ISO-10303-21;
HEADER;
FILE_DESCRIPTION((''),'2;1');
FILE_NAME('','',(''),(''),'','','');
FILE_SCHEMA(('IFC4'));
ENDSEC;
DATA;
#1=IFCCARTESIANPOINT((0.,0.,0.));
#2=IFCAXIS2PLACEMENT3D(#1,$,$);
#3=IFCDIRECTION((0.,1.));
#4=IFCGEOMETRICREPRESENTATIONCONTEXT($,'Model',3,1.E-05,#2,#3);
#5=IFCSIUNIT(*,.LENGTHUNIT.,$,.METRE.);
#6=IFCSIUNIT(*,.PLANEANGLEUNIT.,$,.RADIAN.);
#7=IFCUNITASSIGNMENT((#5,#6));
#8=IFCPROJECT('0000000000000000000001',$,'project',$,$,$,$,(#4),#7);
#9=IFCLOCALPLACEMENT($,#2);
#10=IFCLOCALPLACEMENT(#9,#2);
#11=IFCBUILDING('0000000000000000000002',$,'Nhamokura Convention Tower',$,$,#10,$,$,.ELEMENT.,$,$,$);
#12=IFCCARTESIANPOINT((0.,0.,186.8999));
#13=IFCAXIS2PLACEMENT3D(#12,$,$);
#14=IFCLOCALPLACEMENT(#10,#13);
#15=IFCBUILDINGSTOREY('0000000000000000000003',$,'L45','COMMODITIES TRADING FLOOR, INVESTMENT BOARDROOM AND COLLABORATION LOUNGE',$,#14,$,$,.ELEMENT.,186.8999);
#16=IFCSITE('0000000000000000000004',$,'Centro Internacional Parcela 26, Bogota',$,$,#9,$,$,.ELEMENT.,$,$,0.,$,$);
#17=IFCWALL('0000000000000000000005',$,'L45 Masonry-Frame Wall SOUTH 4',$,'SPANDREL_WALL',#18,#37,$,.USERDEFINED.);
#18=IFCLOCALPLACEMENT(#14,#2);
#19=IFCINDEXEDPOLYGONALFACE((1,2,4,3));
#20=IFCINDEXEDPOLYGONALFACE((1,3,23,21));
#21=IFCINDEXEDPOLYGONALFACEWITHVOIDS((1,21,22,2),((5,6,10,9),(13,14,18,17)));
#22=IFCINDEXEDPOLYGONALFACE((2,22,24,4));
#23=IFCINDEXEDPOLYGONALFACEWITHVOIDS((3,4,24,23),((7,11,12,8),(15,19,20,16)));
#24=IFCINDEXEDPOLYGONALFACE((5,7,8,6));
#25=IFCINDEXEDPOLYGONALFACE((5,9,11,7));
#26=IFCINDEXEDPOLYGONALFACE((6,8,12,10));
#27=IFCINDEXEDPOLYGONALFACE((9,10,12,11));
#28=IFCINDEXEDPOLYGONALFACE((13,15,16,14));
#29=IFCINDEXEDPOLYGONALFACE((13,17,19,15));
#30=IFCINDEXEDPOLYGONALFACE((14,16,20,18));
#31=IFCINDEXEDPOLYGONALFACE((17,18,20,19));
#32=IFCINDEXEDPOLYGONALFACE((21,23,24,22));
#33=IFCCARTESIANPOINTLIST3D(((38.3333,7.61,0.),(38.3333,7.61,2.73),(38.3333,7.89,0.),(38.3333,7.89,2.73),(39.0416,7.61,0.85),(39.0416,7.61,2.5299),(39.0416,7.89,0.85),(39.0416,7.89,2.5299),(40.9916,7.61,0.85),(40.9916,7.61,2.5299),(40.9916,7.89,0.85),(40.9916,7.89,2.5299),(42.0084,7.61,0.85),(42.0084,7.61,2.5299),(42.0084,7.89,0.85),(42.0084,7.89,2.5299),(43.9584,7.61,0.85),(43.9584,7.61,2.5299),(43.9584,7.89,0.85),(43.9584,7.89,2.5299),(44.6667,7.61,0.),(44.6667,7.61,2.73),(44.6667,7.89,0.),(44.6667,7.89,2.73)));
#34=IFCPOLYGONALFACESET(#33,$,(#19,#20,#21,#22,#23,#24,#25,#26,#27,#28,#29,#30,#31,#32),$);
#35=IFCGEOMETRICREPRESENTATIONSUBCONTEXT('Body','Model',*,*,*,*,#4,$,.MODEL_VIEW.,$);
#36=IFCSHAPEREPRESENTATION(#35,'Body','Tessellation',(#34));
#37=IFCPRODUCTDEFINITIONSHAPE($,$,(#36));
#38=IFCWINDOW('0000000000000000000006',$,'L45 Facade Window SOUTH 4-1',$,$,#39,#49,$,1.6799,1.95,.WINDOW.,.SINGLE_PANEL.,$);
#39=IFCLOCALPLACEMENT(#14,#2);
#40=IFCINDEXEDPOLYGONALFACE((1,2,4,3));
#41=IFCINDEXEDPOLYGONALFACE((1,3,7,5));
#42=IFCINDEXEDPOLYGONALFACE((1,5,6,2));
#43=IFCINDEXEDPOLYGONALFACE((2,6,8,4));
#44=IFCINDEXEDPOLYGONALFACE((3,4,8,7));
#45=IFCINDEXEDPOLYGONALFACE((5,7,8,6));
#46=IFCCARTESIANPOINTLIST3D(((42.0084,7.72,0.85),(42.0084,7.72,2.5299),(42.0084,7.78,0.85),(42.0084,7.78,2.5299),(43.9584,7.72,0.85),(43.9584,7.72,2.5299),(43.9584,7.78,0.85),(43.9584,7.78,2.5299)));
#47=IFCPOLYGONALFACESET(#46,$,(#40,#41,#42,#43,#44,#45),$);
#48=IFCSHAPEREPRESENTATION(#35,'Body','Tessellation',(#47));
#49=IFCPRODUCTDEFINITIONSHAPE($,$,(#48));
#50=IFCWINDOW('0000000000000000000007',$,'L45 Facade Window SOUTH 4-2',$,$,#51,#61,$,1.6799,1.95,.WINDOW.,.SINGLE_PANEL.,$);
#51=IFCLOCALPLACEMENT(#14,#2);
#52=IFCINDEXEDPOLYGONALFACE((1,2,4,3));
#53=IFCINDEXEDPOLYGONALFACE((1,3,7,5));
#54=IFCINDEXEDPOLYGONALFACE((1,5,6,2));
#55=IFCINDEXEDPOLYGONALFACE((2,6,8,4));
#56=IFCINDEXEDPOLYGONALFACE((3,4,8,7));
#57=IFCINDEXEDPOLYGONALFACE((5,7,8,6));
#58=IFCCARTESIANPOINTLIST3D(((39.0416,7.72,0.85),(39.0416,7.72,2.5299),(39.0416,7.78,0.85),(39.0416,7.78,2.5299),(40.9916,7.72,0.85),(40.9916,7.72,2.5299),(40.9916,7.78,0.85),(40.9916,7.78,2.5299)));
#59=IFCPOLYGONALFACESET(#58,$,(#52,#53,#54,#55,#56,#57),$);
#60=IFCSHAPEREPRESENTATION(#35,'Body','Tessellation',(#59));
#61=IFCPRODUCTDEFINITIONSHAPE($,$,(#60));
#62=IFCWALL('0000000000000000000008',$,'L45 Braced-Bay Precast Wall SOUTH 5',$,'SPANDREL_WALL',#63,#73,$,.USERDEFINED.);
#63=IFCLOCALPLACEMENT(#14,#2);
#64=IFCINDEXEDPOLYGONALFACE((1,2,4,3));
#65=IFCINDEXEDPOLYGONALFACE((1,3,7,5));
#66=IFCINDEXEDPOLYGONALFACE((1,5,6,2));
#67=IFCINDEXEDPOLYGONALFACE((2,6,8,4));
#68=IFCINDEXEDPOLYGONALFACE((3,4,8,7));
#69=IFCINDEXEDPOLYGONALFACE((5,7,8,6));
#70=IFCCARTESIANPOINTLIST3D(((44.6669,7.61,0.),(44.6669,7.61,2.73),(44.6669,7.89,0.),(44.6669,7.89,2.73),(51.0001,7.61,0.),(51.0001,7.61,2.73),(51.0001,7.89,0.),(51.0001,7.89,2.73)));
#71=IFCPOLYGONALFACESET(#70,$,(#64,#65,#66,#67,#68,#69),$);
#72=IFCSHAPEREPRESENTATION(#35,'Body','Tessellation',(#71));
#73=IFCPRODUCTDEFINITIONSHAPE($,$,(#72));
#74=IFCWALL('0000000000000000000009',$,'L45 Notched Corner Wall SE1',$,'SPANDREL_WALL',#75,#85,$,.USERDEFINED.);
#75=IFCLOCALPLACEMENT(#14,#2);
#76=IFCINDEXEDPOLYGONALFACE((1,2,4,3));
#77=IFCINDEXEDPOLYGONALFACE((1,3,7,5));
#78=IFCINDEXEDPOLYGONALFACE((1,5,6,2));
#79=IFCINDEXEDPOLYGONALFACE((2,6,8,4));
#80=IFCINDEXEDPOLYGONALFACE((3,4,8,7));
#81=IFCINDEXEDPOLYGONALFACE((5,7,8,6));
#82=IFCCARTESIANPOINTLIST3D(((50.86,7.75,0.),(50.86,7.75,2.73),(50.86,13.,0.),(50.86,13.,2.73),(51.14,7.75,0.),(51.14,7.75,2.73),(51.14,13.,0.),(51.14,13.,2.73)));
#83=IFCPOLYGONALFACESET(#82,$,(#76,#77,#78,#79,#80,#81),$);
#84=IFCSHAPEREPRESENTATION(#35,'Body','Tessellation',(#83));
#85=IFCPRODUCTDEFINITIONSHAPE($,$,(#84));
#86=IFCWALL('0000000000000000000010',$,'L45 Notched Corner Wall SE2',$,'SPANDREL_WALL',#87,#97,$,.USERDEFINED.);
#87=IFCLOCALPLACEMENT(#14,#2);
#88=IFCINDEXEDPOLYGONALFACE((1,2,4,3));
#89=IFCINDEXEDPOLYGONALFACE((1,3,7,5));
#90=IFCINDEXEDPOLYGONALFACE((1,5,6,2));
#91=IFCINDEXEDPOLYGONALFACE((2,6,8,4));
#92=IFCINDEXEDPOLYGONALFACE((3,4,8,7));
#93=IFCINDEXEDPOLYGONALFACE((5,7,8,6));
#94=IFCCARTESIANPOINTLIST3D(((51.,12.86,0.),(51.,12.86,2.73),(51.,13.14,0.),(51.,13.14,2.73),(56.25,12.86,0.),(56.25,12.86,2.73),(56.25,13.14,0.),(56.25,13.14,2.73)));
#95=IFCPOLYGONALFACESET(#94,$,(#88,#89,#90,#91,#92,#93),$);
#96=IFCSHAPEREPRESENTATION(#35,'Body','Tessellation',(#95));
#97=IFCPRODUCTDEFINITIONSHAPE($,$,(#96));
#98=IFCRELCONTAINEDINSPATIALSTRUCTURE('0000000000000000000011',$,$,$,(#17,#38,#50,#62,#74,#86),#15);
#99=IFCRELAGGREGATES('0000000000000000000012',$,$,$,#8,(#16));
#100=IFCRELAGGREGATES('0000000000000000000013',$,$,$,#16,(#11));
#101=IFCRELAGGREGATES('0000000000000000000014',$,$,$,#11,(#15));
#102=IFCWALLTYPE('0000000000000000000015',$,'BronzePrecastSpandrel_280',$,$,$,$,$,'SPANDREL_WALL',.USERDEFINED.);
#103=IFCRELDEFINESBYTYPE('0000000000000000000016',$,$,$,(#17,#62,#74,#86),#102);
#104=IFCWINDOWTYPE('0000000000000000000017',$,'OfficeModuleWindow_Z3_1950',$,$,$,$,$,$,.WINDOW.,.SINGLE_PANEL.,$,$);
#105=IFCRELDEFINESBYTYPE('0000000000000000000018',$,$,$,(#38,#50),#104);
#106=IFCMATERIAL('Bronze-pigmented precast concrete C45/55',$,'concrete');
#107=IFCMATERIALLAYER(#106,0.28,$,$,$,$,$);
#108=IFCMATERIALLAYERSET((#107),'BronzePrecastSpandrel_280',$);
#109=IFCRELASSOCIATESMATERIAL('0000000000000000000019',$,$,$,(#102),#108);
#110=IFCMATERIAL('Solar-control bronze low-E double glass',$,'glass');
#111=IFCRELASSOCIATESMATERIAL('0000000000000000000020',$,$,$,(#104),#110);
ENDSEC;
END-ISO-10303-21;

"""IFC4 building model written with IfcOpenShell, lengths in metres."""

from ifc_helpers import new_model, si_unit, direction, frame, frame_2d, origin, place, context, subcontext, project, spatial, rectangle, extrude, material, layer, layer_set, type_object, element, fill, save


model = new_model("IFC4")

# Units and contexts
model_context = context("Model", 3, precision=1e-05, world=origin(), true_north=direction((0.0, 1.0)))
body_context = subcontext(model_context, "Body", "Model", "MODEL_VIEW")
ifc_project = project(units=[si_unit("LENGTHUNIT", "METRE"), si_unit("PLANEANGLEUNIT", "RADIAN")], contexts=[model_context])

# Site, building, storey
site_placement = place(None, origin())
site = spatial("IfcSite", under=ifc_project, at=site_placement, Name="Centro Internacional Parcela 26, Bogota", CompositionType="ELEMENT", RefElevation=0.0)
building_placement = place(site_placement, origin())
building = spatial("IfcBuilding", under=site, at=building_placement, Name="Nhamokura Convention Tower", CompositionType="ELEMENT")
storey_placement = place(building_placement, frame((0.0, 0.0, 186.8999)))
storey = spatial("IfcBuildingStorey", under=building, at=storey_placement, Name="L45", Description="COMMODITIES TRADING FLOOR, INVESTMENT BOARDROOM AND COLLABORATION LOUNGE", CompositionType="ELEMENT", Elevation=186.8999)

# Wall, openings, windows
ifc_material_1 = material(Name="Bronze-pigmented precast concrete C45/55", Category="concrete")
ifc_layer = layer(ifc_material_1, 0.28)
ifc_layer_set = layer_set([ifc_layer], Name="BronzePrecastSpandrel_280")
wall_type = type_object("IfcWallType", Name="BronzePrecastSpandrel_280", ElementType="SPANDREL_WALL", PredefinedType="USERDEFINED", material=ifc_layer_set)
wall_1_placement = place(storey_placement, frame((44.6667, 7.75, 0.0), z_axis=(0.0, 0.0, 1.0), x_axis=(-1.0, 0.0, 0.0)))
wall_1 = element("IfcWall", 1, at=wall_1_placement, inside=storey, type_object=wall_type, Name="L45 Masonry-Frame Wall SOUTH 4", ObjectType="SPANDREL_WALL", PredefinedType="USERDEFINED", context=body_context, shape_type="SweptSolid", body=[
    extrude(rectangle(XDim=6.3335, YDim=0.28, at=frame_2d((3.1667, 0.0))), origin(), (0.0, 0.0, 1.0), 2.73),
])
opening_1_placement = place(wall_1_placement, frame((0.7083, 0.0, 0.8501)))
opening_1 = element("IfcOpeningElement", 2, at=opening_1_placement, cuts=wall_1, PredefinedType="OPENING", context=body_context, shape_type="SweptSolid", body=[
    extrude(rectangle(XDim=1.95, YDim=1.6799, at=frame_2d((0.9751, 0.8398))), frame((0.0, 0.1499, 0.0), z_axis=(0.0, -1.0, 0.0), x_axis=(1.0, 0.0, 0.0)), (0.0, 0.0, 1.0), 0.3),
])
opening_2_placement = place(wall_1_placement, frame((3.675, 0.0, 0.8501)))
opening_2 = element("IfcOpeningElement", 3, at=opening_2_placement, cuts=wall_1, PredefinedType="OPENING", context=body_context, shape_type="SweptSolid", body=[
    extrude(rectangle(XDim=1.95, YDim=1.6799, at=frame_2d((0.9751, 0.8398))), frame((0.0, 0.1499, 0.0), z_axis=(0.0, -1.0, 0.0), x_axis=(1.0, 0.0, 0.0)), (0.0, 0.0, 1.0), 0.3),
])
ifc_material_2 = material(Name="Solar-control bronze low-E double glass", Category="glass")
window_type = type_object("IfcWindowType", Name="OfficeModuleWindow_Z3_1950", PartitioningType="SINGLE_PANEL", PredefinedType="WINDOW", material=ifc_material_2)
window_1_placement = place(opening_1_placement, origin())
window_1 = element("IfcWindow", 4, at=window_1_placement, inside=storey, type_object=window_type, Name="L45 Facade Window SOUTH 4-1", OverallHeight=1.6799, OverallWidth=1.95, PartitioningType="SINGLE_PANEL", PredefinedType="WINDOW", context=body_context, shape_type="SweptSolid", body=[
    extrude(rectangle(XDim=1.95, YDim=1.6799, at=frame_2d((0.9751, 0.8398))), frame((0.0, 0.03, 0.0), z_axis=(0.0, -1.0, 0.0), x_axis=(1.0, 0.0, 0.0)), (0.0, 0.0, 1.0), 0.0601),
])
fill(opening_1, window_1)
window_2_placement = place(opening_2_placement, origin())
window_2 = element("IfcWindow", 5, at=window_2_placement, inside=storey, type_object=window_type, Name="L45 Facade Window SOUTH 4-2", OverallHeight=1.6799, OverallWidth=1.95, PartitioningType="SINGLE_PANEL", PredefinedType="WINDOW", context=body_context, shape_type="SweptSolid", body=[
    extrude(rectangle(XDim=1.95, YDim=1.6799, at=frame_2d((0.9751, 0.8398))), frame((0.0, 0.03, 0.0), z_axis=(0.0, -1.0, 0.0), x_axis=(1.0, 0.0, 0.0)), (0.0, 0.0, 1.0), 0.0601),
])
fill(opening_2, window_2)

# Walls
wall_2_placement = place(storey_placement, frame((51.0, 7.75, 0.0), z_axis=(0.0, 0.0, 1.0), x_axis=(-1.0, 0.0, 0.0)))
element("IfcWall", 6, at=wall_2_placement, inside=storey, type_object=wall_type, Name="L45 Braced-Bay Precast Wall SOUTH 5", ObjectType="SPANDREL_WALL", PredefinedType="USERDEFINED", context=body_context, shape_type="SweptSolid", body=[
    extrude(rectangle(XDim=6.3333, YDim=0.28, at=frame_2d((3.1665, 0.0))), origin(), (0.0, 0.0, 1.0), 2.73),
])
for number, where, z_axis, x_axis, name in (
    (7, (51.0, 13.0, 0.0), (0.0, 0.0, 1.0), (0.0, -1.0, 0.0), "L45 Notched Corner Wall SE1"),
    (8, (56.25, 13.0, 0.0), (0.0, 0.0, 1.0), (-1.0, 0.0, 0.0), "L45 Notched Corner Wall SE2"),
):
    element("IfcWall", number, at=place(storey_placement, frame(where, z_axis=z_axis, x_axis=x_axis)), inside=storey, type_object=wall_type, Name=name, ObjectType="SPANDREL_WALL", PredefinedType="USERDEFINED", context=body_context, shape_type="SweptSolid", body=[
        extrude(rectangle(XDim=5.25, YDim=0.28, at=frame_2d((2.625, 0.0))), origin(), (0.0, 0.0, 1.0), 2.73),
    ])

save(model, "model.ifc")
